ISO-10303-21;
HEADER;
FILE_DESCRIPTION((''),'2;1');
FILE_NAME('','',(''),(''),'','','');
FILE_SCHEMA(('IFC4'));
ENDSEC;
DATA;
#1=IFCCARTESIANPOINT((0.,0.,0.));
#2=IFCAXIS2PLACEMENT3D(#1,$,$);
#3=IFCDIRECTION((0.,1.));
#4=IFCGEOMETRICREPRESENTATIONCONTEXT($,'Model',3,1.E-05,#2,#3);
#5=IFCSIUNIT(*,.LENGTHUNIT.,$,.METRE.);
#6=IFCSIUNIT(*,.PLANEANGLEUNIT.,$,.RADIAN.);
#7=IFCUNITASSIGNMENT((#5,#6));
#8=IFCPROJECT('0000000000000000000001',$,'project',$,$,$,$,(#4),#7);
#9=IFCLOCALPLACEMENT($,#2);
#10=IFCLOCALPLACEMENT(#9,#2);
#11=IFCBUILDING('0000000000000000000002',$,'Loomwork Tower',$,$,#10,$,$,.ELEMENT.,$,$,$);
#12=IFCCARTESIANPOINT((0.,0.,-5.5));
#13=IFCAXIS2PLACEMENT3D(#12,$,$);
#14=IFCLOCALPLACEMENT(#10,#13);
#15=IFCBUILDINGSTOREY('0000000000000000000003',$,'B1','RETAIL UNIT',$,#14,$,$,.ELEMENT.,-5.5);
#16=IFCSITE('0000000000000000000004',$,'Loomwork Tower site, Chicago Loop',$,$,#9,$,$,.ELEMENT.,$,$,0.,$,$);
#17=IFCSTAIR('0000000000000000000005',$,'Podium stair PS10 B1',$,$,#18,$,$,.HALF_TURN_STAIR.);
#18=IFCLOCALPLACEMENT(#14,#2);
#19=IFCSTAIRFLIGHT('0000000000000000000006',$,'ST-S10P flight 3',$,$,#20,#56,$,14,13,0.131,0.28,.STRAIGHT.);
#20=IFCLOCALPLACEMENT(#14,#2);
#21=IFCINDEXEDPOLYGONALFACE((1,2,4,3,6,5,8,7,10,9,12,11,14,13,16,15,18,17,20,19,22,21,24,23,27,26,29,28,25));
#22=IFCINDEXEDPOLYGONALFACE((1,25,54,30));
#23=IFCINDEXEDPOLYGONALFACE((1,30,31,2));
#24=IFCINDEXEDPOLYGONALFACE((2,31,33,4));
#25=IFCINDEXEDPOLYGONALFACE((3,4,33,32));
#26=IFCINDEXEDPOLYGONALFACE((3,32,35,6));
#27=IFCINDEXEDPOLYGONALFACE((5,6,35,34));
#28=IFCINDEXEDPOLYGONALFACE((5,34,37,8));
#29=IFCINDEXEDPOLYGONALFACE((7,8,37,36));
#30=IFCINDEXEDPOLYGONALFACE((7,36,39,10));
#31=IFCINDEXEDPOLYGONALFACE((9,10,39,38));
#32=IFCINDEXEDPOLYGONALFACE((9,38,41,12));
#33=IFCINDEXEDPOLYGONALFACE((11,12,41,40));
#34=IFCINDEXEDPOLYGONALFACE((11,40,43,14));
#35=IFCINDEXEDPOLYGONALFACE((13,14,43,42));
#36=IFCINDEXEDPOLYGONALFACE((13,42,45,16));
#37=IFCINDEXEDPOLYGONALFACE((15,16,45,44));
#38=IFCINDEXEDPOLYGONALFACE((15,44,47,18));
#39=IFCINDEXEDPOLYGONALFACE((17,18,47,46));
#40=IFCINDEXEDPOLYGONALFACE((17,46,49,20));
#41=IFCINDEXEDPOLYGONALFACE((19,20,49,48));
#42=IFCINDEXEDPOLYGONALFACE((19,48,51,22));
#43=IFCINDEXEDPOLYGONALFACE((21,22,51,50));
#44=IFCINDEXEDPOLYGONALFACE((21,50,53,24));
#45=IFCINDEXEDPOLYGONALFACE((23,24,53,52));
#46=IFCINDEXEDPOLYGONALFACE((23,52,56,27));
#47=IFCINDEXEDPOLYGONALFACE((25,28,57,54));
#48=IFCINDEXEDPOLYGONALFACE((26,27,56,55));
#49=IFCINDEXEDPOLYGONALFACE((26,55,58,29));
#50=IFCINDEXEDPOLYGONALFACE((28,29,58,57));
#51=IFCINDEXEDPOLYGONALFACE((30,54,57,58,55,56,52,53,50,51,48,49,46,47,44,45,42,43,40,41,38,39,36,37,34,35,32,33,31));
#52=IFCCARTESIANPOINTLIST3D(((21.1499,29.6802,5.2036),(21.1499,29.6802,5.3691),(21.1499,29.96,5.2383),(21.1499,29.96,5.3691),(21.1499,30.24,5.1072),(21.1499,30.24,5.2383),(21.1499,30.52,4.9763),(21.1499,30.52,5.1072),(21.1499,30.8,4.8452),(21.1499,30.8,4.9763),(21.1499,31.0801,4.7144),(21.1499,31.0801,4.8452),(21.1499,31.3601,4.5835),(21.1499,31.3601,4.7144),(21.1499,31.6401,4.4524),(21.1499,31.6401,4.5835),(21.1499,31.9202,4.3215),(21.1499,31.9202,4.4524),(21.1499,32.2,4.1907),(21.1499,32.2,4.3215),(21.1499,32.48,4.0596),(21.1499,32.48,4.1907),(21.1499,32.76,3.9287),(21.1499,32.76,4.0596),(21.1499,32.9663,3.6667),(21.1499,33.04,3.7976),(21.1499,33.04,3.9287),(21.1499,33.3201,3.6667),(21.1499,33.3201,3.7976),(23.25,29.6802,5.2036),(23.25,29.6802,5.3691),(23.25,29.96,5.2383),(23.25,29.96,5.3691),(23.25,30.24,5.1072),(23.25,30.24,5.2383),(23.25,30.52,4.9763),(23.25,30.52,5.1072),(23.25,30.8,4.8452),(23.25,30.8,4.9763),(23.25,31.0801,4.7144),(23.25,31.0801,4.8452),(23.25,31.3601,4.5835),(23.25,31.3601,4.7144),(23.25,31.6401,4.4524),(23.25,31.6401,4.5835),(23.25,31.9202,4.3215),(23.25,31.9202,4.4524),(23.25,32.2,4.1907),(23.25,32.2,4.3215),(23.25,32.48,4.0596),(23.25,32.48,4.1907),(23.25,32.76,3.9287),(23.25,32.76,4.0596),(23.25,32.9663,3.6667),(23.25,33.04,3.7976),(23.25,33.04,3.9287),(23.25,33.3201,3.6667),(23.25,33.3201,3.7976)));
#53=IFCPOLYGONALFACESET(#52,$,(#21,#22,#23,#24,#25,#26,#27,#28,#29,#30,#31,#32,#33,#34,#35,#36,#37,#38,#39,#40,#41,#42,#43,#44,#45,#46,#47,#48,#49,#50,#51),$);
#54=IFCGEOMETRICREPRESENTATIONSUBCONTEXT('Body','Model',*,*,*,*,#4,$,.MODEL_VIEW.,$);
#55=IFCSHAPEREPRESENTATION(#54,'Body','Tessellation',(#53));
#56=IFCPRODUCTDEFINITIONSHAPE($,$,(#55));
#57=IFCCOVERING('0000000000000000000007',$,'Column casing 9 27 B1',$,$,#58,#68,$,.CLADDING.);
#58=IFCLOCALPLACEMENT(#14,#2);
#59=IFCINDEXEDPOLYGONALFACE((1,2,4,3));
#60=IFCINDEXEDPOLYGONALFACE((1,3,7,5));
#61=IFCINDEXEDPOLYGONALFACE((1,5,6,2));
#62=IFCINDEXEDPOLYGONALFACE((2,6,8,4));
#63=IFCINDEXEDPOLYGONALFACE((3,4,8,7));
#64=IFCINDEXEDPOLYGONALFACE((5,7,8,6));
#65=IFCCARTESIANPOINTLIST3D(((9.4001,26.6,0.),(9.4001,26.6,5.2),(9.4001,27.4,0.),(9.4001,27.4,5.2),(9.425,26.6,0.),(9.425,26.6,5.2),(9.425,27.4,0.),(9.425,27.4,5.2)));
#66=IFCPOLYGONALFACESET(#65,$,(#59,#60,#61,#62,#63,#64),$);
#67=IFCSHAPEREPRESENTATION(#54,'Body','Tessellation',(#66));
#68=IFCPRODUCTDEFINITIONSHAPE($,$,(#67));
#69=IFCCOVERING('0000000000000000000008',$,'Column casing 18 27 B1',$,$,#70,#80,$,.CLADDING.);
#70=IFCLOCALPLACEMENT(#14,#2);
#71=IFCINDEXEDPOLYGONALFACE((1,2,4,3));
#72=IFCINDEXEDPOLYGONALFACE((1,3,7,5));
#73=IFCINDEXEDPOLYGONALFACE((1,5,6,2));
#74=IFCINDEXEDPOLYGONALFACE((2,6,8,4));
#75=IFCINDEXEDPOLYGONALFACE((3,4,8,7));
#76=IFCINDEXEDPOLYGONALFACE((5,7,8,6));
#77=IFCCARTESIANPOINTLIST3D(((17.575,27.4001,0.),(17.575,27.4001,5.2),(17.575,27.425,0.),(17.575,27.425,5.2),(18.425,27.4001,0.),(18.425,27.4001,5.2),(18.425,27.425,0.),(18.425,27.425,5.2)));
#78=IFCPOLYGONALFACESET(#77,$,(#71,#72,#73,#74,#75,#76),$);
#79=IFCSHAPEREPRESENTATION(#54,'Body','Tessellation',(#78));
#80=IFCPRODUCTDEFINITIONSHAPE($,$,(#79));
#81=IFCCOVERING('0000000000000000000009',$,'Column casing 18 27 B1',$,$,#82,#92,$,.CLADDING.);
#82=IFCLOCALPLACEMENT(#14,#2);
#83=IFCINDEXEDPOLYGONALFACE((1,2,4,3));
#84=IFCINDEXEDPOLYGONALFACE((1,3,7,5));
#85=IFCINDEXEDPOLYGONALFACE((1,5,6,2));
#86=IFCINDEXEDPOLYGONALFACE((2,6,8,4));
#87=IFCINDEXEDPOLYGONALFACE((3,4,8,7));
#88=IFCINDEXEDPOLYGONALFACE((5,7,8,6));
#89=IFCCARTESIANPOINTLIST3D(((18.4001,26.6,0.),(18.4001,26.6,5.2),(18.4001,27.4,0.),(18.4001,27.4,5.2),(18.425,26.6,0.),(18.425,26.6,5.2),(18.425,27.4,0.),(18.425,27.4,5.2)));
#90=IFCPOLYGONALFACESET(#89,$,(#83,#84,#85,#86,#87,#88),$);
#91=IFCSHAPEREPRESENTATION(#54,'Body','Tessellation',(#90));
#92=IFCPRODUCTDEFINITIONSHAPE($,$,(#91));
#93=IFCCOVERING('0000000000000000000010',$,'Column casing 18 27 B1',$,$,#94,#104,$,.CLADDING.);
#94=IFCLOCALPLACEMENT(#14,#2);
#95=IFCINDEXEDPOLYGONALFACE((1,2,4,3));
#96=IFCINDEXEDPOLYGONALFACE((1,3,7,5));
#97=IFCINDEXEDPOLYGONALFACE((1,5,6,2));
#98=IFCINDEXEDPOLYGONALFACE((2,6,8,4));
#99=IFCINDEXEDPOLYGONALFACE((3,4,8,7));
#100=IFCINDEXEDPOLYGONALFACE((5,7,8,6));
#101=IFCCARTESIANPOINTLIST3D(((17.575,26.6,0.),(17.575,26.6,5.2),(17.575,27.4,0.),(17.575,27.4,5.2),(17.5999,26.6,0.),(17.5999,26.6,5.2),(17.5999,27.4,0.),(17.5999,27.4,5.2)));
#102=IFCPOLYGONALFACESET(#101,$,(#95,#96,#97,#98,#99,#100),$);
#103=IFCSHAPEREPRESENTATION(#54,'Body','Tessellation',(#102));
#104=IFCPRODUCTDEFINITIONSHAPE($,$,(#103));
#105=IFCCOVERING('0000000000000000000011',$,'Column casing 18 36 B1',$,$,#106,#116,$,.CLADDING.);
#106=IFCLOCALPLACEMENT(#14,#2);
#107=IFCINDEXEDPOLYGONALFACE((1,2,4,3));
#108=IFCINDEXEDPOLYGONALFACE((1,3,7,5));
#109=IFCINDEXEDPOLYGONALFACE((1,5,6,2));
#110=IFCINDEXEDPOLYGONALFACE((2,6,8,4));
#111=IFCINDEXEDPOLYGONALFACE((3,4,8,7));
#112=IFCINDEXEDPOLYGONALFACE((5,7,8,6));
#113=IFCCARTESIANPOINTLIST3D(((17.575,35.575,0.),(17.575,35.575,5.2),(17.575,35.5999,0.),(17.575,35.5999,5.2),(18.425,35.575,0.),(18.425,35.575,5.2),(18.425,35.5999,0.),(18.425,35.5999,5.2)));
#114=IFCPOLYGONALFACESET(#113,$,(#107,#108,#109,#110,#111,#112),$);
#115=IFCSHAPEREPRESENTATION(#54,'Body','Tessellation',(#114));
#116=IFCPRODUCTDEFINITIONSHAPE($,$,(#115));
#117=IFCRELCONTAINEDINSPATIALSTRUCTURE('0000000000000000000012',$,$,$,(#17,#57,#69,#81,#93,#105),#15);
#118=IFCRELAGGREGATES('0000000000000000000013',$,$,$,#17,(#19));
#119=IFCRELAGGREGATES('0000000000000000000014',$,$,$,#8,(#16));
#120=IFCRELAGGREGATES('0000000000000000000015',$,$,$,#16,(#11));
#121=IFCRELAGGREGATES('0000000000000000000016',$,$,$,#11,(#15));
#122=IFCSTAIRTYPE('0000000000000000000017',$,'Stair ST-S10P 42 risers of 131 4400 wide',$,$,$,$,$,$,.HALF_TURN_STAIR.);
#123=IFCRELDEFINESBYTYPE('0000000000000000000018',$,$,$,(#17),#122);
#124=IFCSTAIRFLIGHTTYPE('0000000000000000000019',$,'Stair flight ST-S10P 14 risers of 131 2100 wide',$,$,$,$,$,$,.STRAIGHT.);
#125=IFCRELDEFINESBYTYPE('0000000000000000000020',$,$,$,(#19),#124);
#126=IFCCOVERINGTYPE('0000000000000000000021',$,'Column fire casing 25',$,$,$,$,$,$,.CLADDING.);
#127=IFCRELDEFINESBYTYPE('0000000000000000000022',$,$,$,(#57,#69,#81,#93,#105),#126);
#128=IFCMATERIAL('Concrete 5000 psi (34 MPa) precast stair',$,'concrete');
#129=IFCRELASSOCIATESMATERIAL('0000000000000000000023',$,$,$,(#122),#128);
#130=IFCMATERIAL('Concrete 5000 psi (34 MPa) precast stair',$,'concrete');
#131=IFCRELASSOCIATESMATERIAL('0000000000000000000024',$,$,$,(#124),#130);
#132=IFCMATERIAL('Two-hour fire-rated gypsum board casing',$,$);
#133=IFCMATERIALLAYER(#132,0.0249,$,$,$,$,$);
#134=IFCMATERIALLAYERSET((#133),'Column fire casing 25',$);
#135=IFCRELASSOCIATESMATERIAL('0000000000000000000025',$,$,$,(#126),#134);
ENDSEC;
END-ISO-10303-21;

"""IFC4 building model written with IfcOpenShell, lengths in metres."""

from ifc_helpers import new_model, si_unit, direction, frame, origin, origin_2d, place, context, subcontext, project, spatial, polyline, rectangle, outline, extrude, material, layer, layer_set, type_object, element, aggregate, save


model = new_model("IFC4")

# Units and contexts
model_context = context("Model", 3, precision=1e-05, world=origin(), true_north=direction((0.0, 1.0)))
body_context = subcontext(model_context, "Body", "Model", "MODEL_VIEW")
ifc_project = project(units=[si_unit("LENGTHUNIT", "METRE"), si_unit("PLANEANGLEUNIT", "RADIAN")], contexts=[model_context])

# Site, building, storey
site_placement = place(None, origin())
site = spatial("IfcSite", under=ifc_project, at=site_placement, Name="Loomwork Tower site, Chicago Loop", CompositionType="ELEMENT", RefElevation=0.0)
building_placement = place(site_placement, origin())
building = spatial("IfcBuilding", under=site, at=building_placement, Name="Loomwork Tower", CompositionType="ELEMENT")
storey_placement = place(building_placement, frame((0.0, 0.0, -5.5)))
storey = spatial("IfcBuildingStorey", under=building, at=storey_placement, Name="B1", Description="RETAIL UNIT", CompositionType="ELEMENT", Elevation=-5.5)

# Stair, stair flight
ifc_material_1 = material(Name="Concrete 5000 psi (34 MPa) precast stair", Category="concrete")
stair_type = type_object("IfcStairType", Name="Stair ST-S10P 42 risers of 131 4400 wide", PredefinedType="HALF_TURN_STAIR", material=ifc_material_1)
stair_placement = place(storey_placement, origin())
stair = element("IfcStair", 1, at=stair_placement, inside=storey, type_object=stair_type, Name="Podium stair PS10 B1", PredefinedType="HALF_TURN_STAIR")
ifc_material_2 = material(Name="Concrete 5000 psi (34 MPa) precast stair", Category="concrete")
stair_flight_type = type_object("IfcStairFlightType", Name="Stair flight ST-S10P 14 risers of 131 2100 wide", PredefinedType="STRAIGHT", material=ifc_material_2)
stair_flight_1_placement = place(storey_placement, frame((22.2, 33.3201, 3.6667), z_axis=(0.0, 0.0, 1.0), x_axis=(0.0, -1.0, 0.0)))
stair_flight_1 = element("IfcStairFlight", 2, at=stair_flight_1_placement, type_object=stair_flight_type, Name="ST-S10P flight 3", NumberOfRisers=14, NumberOfTreads=13, PredefinedType="STRAIGHT", RiserHeight=0.131, TreadLength=0.28, context=body_context, shape_type="SweptSolid", body=[
    extrude(outline(polyline([(0.0, 0.0), (0.0, 0.1309), (0.28, 0.1309), (0.28, 0.262), (0.5601, 0.262), (0.5601, 0.3928), (0.8401, 0.3928), (0.8401, 0.5239), (1.1201, 0.5239), (1.1201, 0.6548), (1.3999, 0.6548), (1.3999, 0.7856), (1.6799, 0.7856), (1.6799, 0.9167), (1.96, 0.9167), (1.96, 1.0476), (2.24, 1.0476), (2.24, 1.1785), (2.52, 1.1785), (2.52, 1.3096), (2.8, 1.3096), (2.8, 1.4404), (3.0801, 1.4404), (3.0801, 1.5715), (3.3601, 1.5715), (3.3601, 1.7024), (3.6399, 1.7024), (3.6399, 1.8333), (3.6399, 1.5369), (0.3538, 0.0), (0.0, 0.0)])), frame((0.0, 1.05, 0.0), z_axis=(0.0, -1.0, 0.0), x_axis=(1.0, 0.0, 0.0)), (0.0, 0.0, 1.0), 2.1001),
])
aggregate(stair, [stair_flight_1])

# Coverings
ifc_material_3 = material(Name="Two-hour fire-rated gypsum board casing")
ifc_layer_1 = layer(ifc_material_3, 0.0249)
ifc_layer_set_1 = layer_set([ifc_layer_1], Name="Column fire casing 25")
covering_type = type_object("IfcCoveringType", Name="Column fire casing 25", PredefinedType="CLADDING", material=ifc_layer_set_1)
covering_1_placement = place(storey_placement, frame((9.4126, 27.0, 0.0), z_axis=(0.0, 0.0, 1.0), x_axis=(1.0, 0.0, 0.0)))
element("IfcCovering", 3, at=covering_1_placement, inside=storey, type_object=covering_type, Name="Column casing 9 27 B1", PredefinedType="CLADDING", context=body_context, shape_type="SweptSolid", body=[
    extrude(rectangle(XDim=0.0249, YDim=0.8, at=origin_2d()), origin(), (0.0, 0.0, 1.0), 5.2),
])
covering_2_placement = place(storey_placement, frame((18.0, 27.4126, 0.0), z_axis=(0.0, 0.0, 1.0), x_axis=(1.0, 0.0, 0.0)))
element("IfcCovering", 4, at=covering_2_placement, inside=storey, type_object=covering_type, Name="Column casing 18 27 B1", PredefinedType="CLADDING", context=body_context, shape_type="SweptSolid", body=[
    extrude(rectangle(XDim=0.8501, YDim=0.0249, at=origin_2d()), origin(), (0.0, 0.0, 1.0), 5.2),
])
for number, where, z_axis, x_axis, name in (
    (5, (18.4126, 27.0, 0.0), (0.0, 0.0, 1.0), (1.0, 0.0, 0.0), "Column casing 18 27 B1"),
    (6, (17.5874, 27.0, 0.0), (0.0, 0.0, 1.0), (1.0, 0.0, 0.0), "Column casing 18 27 B1"),
):
    element("IfcCovering", number, at=place(storey_placement, frame(where, z_axis=z_axis, x_axis=x_axis)), inside=storey, type_object=covering_type, Name=name, PredefinedType="CLADDING", context=body_context, shape_type="SweptSolid", body=[
        extrude(rectangle(XDim=0.0249, YDim=0.8, at=origin_2d()), origin(), (0.0, 0.0, 1.0), 5.2),
    ])
covering_3_placement = place(storey_placement, frame((18.0, 35.5874, 0.0), z_axis=(0.0, 0.0, 1.0), x_axis=(1.0, 0.0, 0.0)))
element("IfcCovering", 7, at=covering_3_placement, inside=storey, type_object=covering_type, Name="Column casing 18 36 B1", PredefinedType="CLADDING", context=body_context, shape_type="SweptSolid", body=[
    extrude(rectangle(XDim=0.8501, YDim=0.0249, at=origin_2d()), origin(), (0.0, 0.0, 1.0), 5.2),
])

save(model, "model.ifc")
